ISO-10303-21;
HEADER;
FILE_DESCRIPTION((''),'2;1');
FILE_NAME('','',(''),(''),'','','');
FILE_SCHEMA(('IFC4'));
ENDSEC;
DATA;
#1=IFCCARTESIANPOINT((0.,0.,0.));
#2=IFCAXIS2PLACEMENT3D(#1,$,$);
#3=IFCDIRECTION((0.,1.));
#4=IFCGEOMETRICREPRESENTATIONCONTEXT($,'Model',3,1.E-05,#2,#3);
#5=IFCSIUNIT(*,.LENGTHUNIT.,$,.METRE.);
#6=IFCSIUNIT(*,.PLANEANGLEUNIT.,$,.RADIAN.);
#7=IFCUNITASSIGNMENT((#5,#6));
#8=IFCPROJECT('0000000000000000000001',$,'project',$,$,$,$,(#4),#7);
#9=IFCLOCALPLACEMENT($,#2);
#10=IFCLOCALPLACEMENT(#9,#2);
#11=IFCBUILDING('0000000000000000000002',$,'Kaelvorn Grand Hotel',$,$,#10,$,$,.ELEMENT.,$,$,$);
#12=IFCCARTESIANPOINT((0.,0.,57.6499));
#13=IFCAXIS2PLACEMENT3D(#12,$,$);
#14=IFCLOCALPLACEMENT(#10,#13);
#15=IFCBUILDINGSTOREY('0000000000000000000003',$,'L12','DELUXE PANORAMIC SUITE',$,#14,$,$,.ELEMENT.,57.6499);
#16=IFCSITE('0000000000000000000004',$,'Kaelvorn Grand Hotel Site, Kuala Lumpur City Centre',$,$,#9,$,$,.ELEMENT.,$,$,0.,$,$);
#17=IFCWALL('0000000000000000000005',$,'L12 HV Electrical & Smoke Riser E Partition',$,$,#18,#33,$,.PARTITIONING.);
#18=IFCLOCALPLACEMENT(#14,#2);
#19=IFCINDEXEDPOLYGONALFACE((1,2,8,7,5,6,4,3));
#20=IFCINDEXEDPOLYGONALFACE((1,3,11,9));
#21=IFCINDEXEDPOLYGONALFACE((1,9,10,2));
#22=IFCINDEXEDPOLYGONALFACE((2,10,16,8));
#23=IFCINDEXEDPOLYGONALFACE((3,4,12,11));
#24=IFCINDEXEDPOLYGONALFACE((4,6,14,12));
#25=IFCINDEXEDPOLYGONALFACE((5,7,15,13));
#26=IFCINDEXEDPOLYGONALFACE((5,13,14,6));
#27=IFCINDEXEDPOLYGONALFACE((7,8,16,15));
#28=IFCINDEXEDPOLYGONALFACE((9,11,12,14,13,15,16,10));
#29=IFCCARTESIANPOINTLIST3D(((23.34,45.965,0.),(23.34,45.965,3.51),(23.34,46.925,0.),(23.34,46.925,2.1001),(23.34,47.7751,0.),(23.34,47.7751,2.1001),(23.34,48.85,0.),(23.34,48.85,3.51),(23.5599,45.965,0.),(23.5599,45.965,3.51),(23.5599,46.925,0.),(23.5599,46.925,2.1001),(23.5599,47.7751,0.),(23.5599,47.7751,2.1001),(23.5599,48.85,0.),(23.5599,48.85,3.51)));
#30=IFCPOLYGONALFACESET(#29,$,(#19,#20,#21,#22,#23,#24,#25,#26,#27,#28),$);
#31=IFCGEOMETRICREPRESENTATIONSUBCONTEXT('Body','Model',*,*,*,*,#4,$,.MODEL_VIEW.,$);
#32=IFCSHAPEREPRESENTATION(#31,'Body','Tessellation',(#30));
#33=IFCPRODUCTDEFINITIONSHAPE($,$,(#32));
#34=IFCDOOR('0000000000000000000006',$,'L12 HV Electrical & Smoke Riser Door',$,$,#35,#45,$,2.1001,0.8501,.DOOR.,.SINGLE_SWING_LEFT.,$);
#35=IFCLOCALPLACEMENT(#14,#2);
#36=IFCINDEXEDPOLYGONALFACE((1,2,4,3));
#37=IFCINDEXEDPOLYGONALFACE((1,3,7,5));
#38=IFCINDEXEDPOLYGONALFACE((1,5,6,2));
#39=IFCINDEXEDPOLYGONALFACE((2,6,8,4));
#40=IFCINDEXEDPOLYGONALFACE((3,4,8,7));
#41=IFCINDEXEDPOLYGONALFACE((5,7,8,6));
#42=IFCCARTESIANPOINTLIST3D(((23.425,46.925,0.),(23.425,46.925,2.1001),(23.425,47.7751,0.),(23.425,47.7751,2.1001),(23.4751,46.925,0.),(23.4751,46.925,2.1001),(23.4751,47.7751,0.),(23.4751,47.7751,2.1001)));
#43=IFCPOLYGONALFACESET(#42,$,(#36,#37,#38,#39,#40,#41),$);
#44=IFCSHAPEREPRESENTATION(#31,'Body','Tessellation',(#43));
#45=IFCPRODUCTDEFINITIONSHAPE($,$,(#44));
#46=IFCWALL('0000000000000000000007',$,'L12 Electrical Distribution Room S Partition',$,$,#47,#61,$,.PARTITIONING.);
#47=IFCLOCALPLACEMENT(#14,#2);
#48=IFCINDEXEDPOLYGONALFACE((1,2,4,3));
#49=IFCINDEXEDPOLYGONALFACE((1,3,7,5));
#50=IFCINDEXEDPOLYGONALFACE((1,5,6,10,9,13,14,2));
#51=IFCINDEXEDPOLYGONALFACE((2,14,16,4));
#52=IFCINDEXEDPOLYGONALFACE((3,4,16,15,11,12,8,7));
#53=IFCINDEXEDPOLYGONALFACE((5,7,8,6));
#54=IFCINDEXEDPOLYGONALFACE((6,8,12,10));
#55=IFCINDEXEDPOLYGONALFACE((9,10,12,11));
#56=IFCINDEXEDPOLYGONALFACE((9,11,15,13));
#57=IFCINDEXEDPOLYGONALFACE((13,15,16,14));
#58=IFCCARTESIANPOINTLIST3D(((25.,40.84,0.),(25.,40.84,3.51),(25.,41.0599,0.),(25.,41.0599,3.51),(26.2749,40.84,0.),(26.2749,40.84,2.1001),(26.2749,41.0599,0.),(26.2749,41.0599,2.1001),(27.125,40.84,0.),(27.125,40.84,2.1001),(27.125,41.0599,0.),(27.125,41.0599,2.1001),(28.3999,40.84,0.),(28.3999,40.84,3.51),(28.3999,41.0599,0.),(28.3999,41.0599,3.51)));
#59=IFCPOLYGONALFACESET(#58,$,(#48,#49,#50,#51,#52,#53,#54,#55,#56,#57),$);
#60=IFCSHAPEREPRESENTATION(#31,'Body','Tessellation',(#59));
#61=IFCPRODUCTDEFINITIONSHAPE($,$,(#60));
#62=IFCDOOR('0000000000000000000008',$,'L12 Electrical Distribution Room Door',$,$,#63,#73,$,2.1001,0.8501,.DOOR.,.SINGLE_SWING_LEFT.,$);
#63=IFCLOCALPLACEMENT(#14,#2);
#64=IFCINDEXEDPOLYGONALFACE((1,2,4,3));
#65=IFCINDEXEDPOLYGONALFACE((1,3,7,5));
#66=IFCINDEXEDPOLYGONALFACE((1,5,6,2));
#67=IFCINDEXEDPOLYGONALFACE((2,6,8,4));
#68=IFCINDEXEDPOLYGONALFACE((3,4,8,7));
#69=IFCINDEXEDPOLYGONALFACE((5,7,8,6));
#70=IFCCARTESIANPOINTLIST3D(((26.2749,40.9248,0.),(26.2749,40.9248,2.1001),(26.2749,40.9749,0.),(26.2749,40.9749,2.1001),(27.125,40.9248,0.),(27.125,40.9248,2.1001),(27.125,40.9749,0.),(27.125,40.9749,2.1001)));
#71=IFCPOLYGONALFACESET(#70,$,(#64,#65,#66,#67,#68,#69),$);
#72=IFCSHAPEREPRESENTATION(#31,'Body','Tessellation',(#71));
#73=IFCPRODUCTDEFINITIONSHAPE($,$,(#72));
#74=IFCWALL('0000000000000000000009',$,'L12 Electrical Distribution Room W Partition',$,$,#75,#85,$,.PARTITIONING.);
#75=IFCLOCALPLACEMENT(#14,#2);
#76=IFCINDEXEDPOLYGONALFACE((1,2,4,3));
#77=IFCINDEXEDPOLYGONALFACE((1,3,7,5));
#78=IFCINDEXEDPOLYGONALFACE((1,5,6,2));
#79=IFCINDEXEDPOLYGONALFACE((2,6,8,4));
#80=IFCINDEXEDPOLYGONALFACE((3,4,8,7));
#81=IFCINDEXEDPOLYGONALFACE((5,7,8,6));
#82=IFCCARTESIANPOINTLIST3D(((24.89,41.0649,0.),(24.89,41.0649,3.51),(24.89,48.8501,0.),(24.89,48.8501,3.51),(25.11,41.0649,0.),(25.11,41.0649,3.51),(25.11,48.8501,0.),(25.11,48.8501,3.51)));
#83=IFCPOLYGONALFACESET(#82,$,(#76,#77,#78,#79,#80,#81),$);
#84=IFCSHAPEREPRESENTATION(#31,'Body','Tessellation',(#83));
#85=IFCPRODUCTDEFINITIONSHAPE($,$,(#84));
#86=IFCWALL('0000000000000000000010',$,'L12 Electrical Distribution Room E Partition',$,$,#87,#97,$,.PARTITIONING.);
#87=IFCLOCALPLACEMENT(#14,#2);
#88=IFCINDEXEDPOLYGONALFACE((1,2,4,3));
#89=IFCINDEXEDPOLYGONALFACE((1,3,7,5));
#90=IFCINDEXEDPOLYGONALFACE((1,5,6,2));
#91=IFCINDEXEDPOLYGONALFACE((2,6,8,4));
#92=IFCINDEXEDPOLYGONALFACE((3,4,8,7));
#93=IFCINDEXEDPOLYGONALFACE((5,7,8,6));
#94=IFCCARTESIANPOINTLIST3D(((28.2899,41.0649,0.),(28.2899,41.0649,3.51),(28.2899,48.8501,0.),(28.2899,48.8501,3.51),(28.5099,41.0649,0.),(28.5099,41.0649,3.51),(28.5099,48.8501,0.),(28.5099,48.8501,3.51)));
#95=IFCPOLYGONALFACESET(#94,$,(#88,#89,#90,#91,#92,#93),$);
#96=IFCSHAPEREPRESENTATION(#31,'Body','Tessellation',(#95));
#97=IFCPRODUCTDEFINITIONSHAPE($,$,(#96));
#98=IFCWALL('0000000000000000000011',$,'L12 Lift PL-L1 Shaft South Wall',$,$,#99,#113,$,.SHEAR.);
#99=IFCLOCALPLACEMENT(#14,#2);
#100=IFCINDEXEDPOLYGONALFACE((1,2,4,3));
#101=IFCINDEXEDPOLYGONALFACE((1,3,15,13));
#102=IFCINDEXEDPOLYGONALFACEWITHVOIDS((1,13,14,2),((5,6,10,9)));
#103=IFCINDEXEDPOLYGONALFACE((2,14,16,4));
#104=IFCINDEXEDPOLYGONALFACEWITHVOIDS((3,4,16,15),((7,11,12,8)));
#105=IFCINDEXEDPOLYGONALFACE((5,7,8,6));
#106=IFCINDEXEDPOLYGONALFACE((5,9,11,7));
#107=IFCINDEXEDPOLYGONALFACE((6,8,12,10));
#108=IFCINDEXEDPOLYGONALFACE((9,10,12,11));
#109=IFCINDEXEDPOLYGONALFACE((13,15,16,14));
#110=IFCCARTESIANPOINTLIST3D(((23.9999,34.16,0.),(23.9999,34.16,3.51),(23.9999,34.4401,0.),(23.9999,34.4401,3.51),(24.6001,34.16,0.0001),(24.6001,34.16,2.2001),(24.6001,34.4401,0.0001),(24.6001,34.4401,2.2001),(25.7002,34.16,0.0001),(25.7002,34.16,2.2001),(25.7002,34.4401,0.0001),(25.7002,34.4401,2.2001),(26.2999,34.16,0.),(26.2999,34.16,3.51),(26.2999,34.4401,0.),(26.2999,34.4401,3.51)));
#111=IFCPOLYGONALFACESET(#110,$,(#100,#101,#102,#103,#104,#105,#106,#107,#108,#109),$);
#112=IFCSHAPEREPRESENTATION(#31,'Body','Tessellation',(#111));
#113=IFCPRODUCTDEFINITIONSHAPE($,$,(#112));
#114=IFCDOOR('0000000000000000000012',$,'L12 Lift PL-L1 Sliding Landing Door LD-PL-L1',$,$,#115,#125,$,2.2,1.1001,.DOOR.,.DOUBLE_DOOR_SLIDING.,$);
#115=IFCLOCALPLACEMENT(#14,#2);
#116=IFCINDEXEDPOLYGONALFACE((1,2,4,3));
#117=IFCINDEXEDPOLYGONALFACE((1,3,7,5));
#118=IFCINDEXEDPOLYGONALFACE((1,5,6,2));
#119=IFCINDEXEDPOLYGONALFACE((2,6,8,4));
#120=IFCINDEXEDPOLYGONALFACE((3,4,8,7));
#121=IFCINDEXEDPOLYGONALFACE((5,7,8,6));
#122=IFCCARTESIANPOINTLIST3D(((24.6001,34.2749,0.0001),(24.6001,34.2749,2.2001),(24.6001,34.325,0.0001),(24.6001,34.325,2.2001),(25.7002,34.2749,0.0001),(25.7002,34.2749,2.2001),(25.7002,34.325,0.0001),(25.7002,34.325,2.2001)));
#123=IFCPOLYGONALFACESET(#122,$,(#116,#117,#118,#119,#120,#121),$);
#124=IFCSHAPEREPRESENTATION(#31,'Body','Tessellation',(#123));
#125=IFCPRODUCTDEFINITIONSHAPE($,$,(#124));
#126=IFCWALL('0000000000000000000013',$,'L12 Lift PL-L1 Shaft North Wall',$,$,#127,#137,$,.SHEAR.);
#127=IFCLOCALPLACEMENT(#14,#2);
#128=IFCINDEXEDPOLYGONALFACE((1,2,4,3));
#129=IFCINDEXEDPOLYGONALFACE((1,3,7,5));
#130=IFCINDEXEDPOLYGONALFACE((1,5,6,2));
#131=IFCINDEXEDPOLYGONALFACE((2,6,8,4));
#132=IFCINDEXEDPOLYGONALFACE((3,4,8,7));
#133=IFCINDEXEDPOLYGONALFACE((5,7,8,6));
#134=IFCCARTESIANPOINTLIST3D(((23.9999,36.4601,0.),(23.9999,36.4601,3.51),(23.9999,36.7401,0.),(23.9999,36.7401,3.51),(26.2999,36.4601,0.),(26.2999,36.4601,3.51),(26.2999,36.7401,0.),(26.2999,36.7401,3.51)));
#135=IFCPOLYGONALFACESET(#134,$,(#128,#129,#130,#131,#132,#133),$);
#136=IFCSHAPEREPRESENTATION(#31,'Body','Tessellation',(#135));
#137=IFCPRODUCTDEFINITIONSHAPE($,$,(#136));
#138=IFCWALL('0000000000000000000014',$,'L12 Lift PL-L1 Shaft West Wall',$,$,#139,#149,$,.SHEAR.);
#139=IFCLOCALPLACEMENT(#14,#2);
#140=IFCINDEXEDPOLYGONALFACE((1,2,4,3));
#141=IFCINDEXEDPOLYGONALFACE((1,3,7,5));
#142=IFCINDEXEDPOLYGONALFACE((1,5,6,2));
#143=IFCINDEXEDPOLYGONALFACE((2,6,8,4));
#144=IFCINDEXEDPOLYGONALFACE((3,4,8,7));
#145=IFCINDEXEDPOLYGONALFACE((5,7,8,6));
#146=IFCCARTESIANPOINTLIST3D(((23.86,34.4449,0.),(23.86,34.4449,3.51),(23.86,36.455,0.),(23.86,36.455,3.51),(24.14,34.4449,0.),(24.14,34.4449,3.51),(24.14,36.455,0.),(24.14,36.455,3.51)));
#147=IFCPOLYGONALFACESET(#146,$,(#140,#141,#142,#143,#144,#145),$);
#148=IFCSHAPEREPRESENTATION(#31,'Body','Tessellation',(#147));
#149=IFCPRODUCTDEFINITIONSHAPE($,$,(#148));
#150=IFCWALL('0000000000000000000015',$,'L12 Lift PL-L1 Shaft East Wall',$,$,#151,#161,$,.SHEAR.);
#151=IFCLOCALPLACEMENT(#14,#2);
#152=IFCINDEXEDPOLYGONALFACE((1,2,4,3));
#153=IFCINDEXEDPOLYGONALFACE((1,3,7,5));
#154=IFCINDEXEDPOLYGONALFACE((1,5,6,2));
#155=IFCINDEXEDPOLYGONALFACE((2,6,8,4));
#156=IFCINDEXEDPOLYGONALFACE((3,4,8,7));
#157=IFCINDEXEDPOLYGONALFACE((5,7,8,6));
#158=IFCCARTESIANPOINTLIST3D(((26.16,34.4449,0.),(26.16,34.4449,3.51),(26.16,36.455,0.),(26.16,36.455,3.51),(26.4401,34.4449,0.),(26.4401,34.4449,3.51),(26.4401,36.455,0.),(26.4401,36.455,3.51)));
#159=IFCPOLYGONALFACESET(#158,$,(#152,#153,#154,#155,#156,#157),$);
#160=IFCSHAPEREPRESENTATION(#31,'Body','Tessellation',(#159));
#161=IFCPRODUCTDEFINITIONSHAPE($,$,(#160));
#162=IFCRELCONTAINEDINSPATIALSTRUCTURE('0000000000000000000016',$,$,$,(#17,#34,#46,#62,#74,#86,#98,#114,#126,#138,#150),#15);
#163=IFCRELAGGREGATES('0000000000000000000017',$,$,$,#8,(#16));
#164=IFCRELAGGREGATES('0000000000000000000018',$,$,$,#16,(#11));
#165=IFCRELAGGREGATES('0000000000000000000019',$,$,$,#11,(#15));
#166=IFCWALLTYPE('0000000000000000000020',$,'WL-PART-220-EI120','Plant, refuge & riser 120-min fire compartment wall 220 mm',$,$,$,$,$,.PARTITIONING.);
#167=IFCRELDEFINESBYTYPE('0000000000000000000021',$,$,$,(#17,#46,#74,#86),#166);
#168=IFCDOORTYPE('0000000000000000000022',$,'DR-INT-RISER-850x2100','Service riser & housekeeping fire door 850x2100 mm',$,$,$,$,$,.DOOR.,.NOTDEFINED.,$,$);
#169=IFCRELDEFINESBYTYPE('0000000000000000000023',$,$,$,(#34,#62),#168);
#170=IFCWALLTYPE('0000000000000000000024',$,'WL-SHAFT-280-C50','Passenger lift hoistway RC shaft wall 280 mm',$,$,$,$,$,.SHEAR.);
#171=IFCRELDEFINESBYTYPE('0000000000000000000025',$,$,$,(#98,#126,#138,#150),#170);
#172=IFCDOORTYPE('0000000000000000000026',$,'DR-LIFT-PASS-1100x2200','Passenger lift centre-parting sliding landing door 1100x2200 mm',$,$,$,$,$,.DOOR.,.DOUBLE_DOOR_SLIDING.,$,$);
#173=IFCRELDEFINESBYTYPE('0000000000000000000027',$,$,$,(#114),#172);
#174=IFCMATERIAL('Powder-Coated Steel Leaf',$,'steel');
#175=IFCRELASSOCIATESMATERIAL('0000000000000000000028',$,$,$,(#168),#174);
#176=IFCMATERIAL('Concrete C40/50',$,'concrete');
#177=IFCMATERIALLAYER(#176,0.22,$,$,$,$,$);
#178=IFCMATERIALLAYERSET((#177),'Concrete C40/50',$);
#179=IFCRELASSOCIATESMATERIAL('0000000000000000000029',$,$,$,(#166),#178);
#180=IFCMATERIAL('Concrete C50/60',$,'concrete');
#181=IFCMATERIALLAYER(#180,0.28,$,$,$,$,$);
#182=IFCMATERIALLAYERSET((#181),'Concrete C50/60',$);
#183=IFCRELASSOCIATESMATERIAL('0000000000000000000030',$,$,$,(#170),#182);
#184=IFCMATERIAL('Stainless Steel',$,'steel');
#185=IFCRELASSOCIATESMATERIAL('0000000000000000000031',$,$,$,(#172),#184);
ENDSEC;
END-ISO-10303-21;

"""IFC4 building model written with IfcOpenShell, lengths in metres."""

from ifc_helpers import new_model, si_unit, direction, frame, frame_2d, origin, place, context, subcontext, project, spatial, rectangle, extrude, material, layer, layer_set, type_object, element, fill, save


model = new_model("IFC4")

# Units and contexts
model_context = context("Model", 3, precision=1e-05, world=origin(), true_north=direction((0.0, 1.0)))
body_context = subcontext(model_context, "Body", "Model", "MODEL_VIEW")
ifc_project = project(units=[si_unit("LENGTHUNIT", "METRE"), si_unit("PLANEANGLEUNIT", "RADIAN")], contexts=[model_context])

# Site, building, storey
site_placement = place(None, origin())
site = spatial("IfcSite", under=ifc_project, at=site_placement, Name="Kaelvorn Grand Hotel Site, Kuala Lumpur City Centre", CompositionType="ELEMENT", RefElevation=0.0)
building_placement = place(site_placement, origin())
building = spatial("IfcBuilding", under=site, at=building_placement, Name="Kaelvorn Grand Hotel", CompositionType="ELEMENT")
storey_placement = place(building_placement, frame((0.0, 0.0, 57.6499)))
storey = spatial("IfcBuildingStorey", under=building, at=storey_placement, Name="L12", Description="DELUXE PANORAMIC SUITE", CompositionType="ELEMENT", Elevation=57.6499)

# Shared definitions
ifc_material_1 = material(Name="Powder-Coated Steel Leaf", Category="steel")
door_type_1 = type_object("IfcDoorType", Name="DR-INT-RISER-850x2100", Description="Service riser & housekeeping fire door 850x2100 mm", OperationType="NOTDEFINED", PredefinedType="DOOR", material=ifc_material_1)

# Shared definitions
ifc_material_2 = material(Name="Concrete C40/50", Category="concrete")
ifc_layer_1 = layer(ifc_material_2, 0.22)
ifc_layer_set_1 = layer_set([ifc_layer_1], Name="Concrete C40/50")
wall_type_1 = type_object("IfcWallType", Name="WL-PART-220-EI120", Description="Plant, refuge & riser 120-min fire compartment wall 220 mm", PredefinedType="PARTITIONING", material=ifc_layer_set_1)

# Walls, openings, doors
wall_1_placement = place(storey_placement, frame((23.45, 45.9651, 0.0), z_axis=(0.0, 0.0, 1.0), x_axis=(0.0, 1.0, 0.0)))
wall_1 = element("IfcWall", 1, at=wall_1_placement, inside=storey, type_object=wall_type_1, Name="L12 HV Electrical & Smoke Riser E Partition", PredefinedType="PARTITIONING", context=body_context, shape_type="SweptSolid", body=[
    extrude(rectangle(XDim=2.885, YDim=0.22, at=frame_2d((1.4424, 0.0))), origin(), (0.0, 0.0, 1.0), 3.51),
])
opening_1_placement = place(wall_1_placement, frame((0.96, 0.0, 0.0)))
opening_1 = element("IfcOpeningElement", 2, at=opening_1_placement, cuts=wall_1, PredefinedType="OPENING", context=body_context, shape_type="SweptSolid", body=[
    extrude(rectangle(XDim=0.8501, YDim=2.1001, at=frame_2d((0.425, 1.05))), frame((0.0, 0.1201, 0.0), z_axis=(0.0, -1.0, 0.0), x_axis=(1.0, 0.0, 0.0)), (0.0, 0.0, 1.0), 0.24),
])
door_1_placement = place(opening_1_placement, origin())
door_1 = element("IfcDoor", 3, at=door_1_placement, inside=storey, type_object=door_type_1, Name="L12 HV Electrical & Smoke Riser Door", OperationType="SINGLE_SWING_LEFT", OverallHeight=2.1001, OverallWidth=0.8501, PredefinedType="DOOR", context=body_context, shape_type="SweptSolid", body=[
    extrude(rectangle(XDim=0.8501, YDim=2.1001, at=frame_2d((0.425, 1.05))), frame((0.0, 0.0249, 0.0), z_axis=(0.0, -1.0, 0.0), x_axis=(1.0, 0.0, 0.0)), (0.0, 0.0, 1.0), 0.05),
])
fill(opening_1, door_1)
wall_2_placement = place(storey_placement, frame((25.0, 40.95, 0.0), z_axis=(0.0, 0.0, 1.0), x_axis=(1.0, 0.0, 0.0)))
wall_2 = element("IfcWall", 4, at=wall_2_placement, inside=storey, type_object=wall_type_1, Name="L12 Electrical Distribution Room S Partition", PredefinedType="PARTITIONING", context=body_context, shape_type="SweptSolid", body=[
    extrude(rectangle(XDim=3.3999, YDim=0.22, at=frame_2d((1.7, 0.0))), origin(), (0.0, 0.0, 1.0), 3.51),
])
opening_2_placement = place(wall_2_placement, frame((1.2749, 0.0, 0.0)))
opening_2 = element("IfcOpeningElement", 5, at=opening_2_placement, cuts=wall_2, PredefinedType="OPENING", context=body_context, shape_type="SweptSolid", body=[
    extrude(rectangle(XDim=0.8501, YDim=2.1001, at=frame_2d((0.425, 1.05))), frame((0.0, 0.1201, 0.0), z_axis=(0.0, -1.0, 0.0), x_axis=(1.0, 0.0, 0.0)), (0.0, 0.0, 1.0), 0.24),
])
door_2_placement = place(opening_2_placement, origin())
door_2 = element("IfcDoor", 6, at=door_2_placement, inside=storey, type_object=door_type_1, Name="L12 Electrical Distribution Room Door", OperationType="SINGLE_SWING_LEFT", OverallHeight=2.1001, OverallWidth=0.8501, PredefinedType="DOOR", context=body_context, shape_type="SweptSolid", body=[
    extrude(rectangle(XDim=0.8501, YDim=2.1001, at=frame_2d((0.425, 1.05))), frame((0.0, 0.0249, 0.0), z_axis=(0.0, -1.0, 0.0), x_axis=(1.0, 0.0, 0.0)), (0.0, 0.0, 1.0), 0.05),
])
fill(opening_2, door_2)

# Walls
for number, where, z_axis, x_axis, name in (
    (7, (25.0, 41.0649, 0.0), (0.0, 0.0, 1.0), (0.0, 1.0, 0.0), "L12 Electrical Distribution Room W Partition"),
    (8, (28.3999, 41.0649, 0.0), (0.0, 0.0, 1.0), (0.0, 1.0, 0.0), "L12 Electrical Distribution Room E Partition"),
):
    element("IfcWall", number, at=place(storey_placement, frame(where, z_axis=z_axis, x_axis=x_axis)), inside=storey, type_object=wall_type_1, Name=name, PredefinedType="PARTITIONING", context=body_context, shape_type="SweptSolid", body=[
        extrude(rectangle(XDim=7.7852, YDim=0.22, at=frame_2d((3.8926, 0.0))), origin(), (0.0, 0.0, 1.0), 3.51),
    ])

# Wall, opening, door
ifc_material_3 = material(Name="Concrete C50/60", Category="concrete")
ifc_layer_2 = layer(ifc_material_3, 0.28)
ifc_layer_set_2 = layer_set([ifc_layer_2], Name="Concrete C50/60")
wall_type_2 = type_object("IfcWallType", Name="WL-SHAFT-280-C50", Description="Passenger lift hoistway RC shaft wall 280 mm", PredefinedType="SHEAR", material=ifc_layer_set_2)
wall_3_placement = place(storey_placement, frame((24.0, 34.3, 0.0), z_axis=(0.0, 0.0, 1.0), x_axis=(1.0, 0.0, 0.0)))
wall_3 = element("IfcWall", 9, at=wall_3_placement, inside=storey, type_object=wall_type_2, Name="L12 Lift PL-L1 Shaft South Wall", PredefinedType="SHEAR", context=body_context, shape_type="SweptSolid", body=[
    extrude(rectangle(XDim=2.3, YDim=0.28, at=frame_2d((1.1499, 0.0))), origin(), (0.0, 0.0, 1.0), 3.51),
])
opening_3_placement = place(wall_3_placement, frame((0.6001, 0.0, 0.0)))
opening_3 = element("IfcOpeningElement", 10, at=opening_3_placement, cuts=wall_3, PredefinedType="OPENING", context=body_context, shape_type="SweptSolid", body=[
    extrude(rectangle(XDim=1.1001, YDim=2.2, at=frame_2d((0.55, 1.1001))), frame((0.0, 0.1499, 0.0), z_axis=(0.0, -1.0, 0.0), x_axis=(1.0, 0.0, 0.0)), (0.0, 0.0, 1.0), 0.3),
])
ifc_material_4 = material(Name="Stainless Steel", Category="steel")
door_type_2 = type_object("IfcDoorType", Name="DR-LIFT-PASS-1100x2200", Description="Passenger lift centre-parting sliding landing door 1100x2200 mm", OperationType="DOUBLE_DOOR_SLIDING", PredefinedType="DOOR", material=ifc_material_4)
door_3_placement = place(opening_3_placement, origin())
door_3 = element("IfcDoor", 11, at=door_3_placement, inside=storey, type_object=door_type_2, Name="L12 Lift PL-L1 Sliding Landing Door LD-PL-L1", OperationType="DOUBLE_DOOR_SLIDING", OverallHeight=2.2, OverallWidth=1.1001, PredefinedType="DOOR", context=body_context, shape_type="SweptSolid", body=[
    extrude(rectangle(XDim=1.1001, YDim=2.2, at=frame_2d((0.55, 1.1001))), frame((0.0, 0.0249, 0.0), z_axis=(0.0, -1.0, 0.0), x_axis=(1.0, 0.0, 0.0)), (0.0, 0.0, 1.0), 0.05),
])
fill(opening_3, door_3)

# Walls
wall_4_placement = place(storey_placement, frame((24.0, 36.6001, 0.0), z_axis=(0.0, 0.0, 1.0), x_axis=(1.0, 0.0, 0.0)))
element("IfcWall", 12, at=wall_4_placement, inside=storey, type_object=wall_type_2, Name="L12 Lift PL-L1 Shaft North Wall", PredefinedType="SHEAR", context=body_context, shape_type="SweptSolid", body=[
    extrude(rectangle(XDim=2.3, YDim=0.28, at=frame_2d((1.1499, 0.0))), origin(), (0.0, 0.0, 1.0), 3.51),
])
for number, where, z_axis, x_axis, name in (
    (13, (24.0, 34.4451, 0.0), (0.0, 0.0, 1.0), (0.0, 1.0, 0.0), "L12 Lift PL-L1 Shaft West Wall"),
    (14, (26.3, 34.4451, 0.0), (0.0, 0.0, 1.0), (0.0, 1.0, 0.0), "L12 Lift PL-L1 Shaft East Wall"),
):
    element("IfcWall", number, at=place(storey_placement, frame(where, z_axis=z_axis, x_axis=x_axis)), inside=storey, type_object=wall_type_2, Name=name, PredefinedType="SHEAR", context=body_context, shape_type="SweptSolid", body=[
        extrude(rectangle(XDim=2.01, YDim=0.28, at=frame_2d((1.0049, 0.0))), origin(), (0.0, 0.0, 1.0), 3.51),
    ])

save(model, "model.ifc")
